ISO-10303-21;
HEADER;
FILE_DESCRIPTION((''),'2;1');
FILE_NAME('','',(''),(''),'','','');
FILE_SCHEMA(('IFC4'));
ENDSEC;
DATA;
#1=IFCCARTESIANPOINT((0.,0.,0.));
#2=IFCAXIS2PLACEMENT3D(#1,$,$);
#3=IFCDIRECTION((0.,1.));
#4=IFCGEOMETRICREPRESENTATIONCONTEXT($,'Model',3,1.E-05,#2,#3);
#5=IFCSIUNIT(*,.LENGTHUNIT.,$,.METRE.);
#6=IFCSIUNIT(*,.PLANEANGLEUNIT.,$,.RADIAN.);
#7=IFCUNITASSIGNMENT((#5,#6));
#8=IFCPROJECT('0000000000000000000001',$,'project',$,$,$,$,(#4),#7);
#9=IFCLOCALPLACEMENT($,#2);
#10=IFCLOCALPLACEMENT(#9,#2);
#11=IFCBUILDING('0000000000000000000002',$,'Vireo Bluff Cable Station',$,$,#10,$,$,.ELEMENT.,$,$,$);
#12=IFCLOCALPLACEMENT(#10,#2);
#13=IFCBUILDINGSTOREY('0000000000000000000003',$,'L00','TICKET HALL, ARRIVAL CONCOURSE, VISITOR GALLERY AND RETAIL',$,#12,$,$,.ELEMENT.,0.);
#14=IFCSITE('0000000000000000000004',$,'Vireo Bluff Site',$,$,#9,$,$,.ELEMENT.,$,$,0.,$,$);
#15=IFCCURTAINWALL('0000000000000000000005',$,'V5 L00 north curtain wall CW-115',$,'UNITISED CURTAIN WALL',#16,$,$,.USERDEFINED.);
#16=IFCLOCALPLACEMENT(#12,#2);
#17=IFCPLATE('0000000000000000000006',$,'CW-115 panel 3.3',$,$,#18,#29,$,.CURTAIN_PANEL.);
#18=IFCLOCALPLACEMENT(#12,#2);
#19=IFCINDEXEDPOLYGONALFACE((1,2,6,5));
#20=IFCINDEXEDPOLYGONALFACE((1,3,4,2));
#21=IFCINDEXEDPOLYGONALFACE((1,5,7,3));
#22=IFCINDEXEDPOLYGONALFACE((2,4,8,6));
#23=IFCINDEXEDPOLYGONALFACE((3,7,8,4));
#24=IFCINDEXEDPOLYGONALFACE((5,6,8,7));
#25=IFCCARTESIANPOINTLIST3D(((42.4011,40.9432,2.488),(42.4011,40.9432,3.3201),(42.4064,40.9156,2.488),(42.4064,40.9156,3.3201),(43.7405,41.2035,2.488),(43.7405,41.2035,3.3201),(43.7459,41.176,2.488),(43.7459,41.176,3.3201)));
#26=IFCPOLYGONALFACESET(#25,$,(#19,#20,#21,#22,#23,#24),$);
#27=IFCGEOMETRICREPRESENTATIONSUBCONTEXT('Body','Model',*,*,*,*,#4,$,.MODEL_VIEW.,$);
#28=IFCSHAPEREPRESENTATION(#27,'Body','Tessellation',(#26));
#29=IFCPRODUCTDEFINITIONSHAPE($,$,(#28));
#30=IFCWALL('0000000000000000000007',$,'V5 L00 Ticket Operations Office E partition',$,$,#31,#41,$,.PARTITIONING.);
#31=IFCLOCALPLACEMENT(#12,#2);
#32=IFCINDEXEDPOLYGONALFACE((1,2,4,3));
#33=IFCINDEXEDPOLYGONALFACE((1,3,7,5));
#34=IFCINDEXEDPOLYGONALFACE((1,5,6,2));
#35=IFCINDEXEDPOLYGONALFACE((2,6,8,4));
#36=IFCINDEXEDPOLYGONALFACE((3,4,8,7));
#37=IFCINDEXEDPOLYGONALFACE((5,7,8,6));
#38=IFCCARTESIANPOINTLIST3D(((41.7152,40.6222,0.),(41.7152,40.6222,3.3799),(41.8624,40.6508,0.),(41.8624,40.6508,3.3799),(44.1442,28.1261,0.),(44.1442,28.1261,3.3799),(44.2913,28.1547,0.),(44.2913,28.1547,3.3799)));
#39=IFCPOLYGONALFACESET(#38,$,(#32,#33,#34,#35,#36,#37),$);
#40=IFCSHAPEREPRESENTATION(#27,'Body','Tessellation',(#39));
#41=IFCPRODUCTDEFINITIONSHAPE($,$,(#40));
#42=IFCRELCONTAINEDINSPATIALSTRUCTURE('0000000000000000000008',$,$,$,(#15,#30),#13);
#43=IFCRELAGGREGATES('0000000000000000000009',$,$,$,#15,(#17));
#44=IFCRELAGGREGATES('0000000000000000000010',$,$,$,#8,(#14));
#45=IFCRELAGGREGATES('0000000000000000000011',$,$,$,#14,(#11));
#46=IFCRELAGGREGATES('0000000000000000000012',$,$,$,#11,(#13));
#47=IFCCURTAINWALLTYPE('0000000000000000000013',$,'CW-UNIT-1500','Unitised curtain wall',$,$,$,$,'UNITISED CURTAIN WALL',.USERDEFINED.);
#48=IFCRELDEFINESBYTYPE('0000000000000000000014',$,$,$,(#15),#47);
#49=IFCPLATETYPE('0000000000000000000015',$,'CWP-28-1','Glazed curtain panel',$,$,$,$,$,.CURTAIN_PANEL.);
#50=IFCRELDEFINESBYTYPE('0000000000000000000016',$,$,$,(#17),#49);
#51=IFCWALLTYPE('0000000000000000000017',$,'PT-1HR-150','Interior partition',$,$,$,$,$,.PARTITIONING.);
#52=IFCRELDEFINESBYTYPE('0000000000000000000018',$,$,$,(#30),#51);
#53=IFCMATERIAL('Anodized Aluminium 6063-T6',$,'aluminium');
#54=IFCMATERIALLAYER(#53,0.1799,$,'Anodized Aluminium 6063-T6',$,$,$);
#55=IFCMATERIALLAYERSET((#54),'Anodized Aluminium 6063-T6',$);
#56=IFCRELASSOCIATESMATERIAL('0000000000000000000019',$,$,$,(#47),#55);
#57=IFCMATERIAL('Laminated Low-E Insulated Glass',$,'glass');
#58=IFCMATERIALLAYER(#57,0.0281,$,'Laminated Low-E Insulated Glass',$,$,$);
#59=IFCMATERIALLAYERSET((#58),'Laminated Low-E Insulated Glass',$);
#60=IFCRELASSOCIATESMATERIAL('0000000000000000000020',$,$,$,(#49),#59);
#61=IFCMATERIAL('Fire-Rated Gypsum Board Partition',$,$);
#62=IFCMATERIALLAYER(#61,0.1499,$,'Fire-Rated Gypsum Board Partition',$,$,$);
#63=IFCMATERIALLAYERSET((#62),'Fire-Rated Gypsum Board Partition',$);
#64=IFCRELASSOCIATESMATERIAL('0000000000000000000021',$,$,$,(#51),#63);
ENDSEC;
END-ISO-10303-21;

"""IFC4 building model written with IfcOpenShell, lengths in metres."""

from ifc_helpers import new_model, si_unit, direction, frame, frame_2d, origin, origin_2d, place, context, subcontext, project, spatial, rectangle, extrude, material, layer, layer_set, type_object, element, aggregate, save


model = new_model("IFC4")

# Units and contexts
model_context = context("Model", 3, precision=1e-05, world=origin(), true_north=direction((0.0, 1.0)))
body_context = subcontext(model_context, "Body", "Model", "MODEL_VIEW")
ifc_project = project(units=[si_unit("LENGTHUNIT", "METRE"), si_unit("PLANEANGLEUNIT", "RADIAN")], contexts=[model_context])

# Site, building, storey
site_placement = place(None, origin())
site = spatial("IfcSite", under=ifc_project, at=site_placement, Name="Vireo Bluff Site", CompositionType="ELEMENT", RefElevation=0.0)
building_placement = place(site_placement, origin())
building = spatial("IfcBuilding", under=site, at=building_placement, Name="Vireo Bluff Cable Station", CompositionType="ELEMENT")
storey_placement = place(building_placement, origin())
storey = spatial("IfcBuildingStorey", under=building, at=storey_placement, Name="L00", Description="TICKET HALL, ARRIVAL CONCOURSE, VISITOR GALLERY AND RETAIL", CompositionType="ELEMENT", Elevation=0.0)

# Shared definitions
ifc_material_1 = material(Name="Anodized Aluminium 6063-T6", Category="aluminium")

# Curtain wall
ifc_layer_1 = layer(ifc_material_1, 0.1799, Name="Anodized Aluminium 6063-T6")
ifc_layer_set_1 = layer_set([ifc_layer_1], Name="Anodized Aluminium 6063-T6")
curtain_wall_type_1 = type_object("IfcCurtainWallType", Name="CW-UNIT-1500", Description="Unitised curtain wall", ElementType="UNITISED CURTAIN WALL", PredefinedType="USERDEFINED", material=ifc_layer_set_1)
curtain_wall_1_placement = place(storey_placement, origin())
curtain_wall_1 = element("IfcCurtainWall", 1, at=curtain_wall_1_placement, inside=storey, type_object=curtain_wall_type_1, Name="V5 L00 north curtain wall CW-115", ObjectType="UNITISED CURTAIN WALL", PredefinedType="USERDEFINED")

# Plate
ifc_material_2 = material(Name="Laminated Low-E Insulated Glass", Category="glass")
ifc_layer_2 = layer(ifc_material_2, 0.0281, Name="Laminated Low-E Insulated Glass")
ifc_layer_set_2 = layer_set([ifc_layer_2], Name="Laminated Low-E Insulated Glass")
plate_type = type_object("IfcPlateType", Name="CWP-28-1", Description="Glazed curtain panel", PredefinedType="CURTAIN_PANEL", material=ifc_layer_set_2)
plate_1_placement = place(storey_placement, frame((43.0735, 41.0596, 2.488), z_axis=(0.0, 0.0, 1.0), x_axis=(0.981627, 0.190809, 0.0)))
plate_1 = element("IfcPlate", 2, at=plate_1_placement, type_object=plate_type, Name="CW-115 panel 3.3", PredefinedType="CURTAIN_PANEL", context=body_context, shape_type="SweptSolid", body=[
    extrude(rectangle(XDim=1.3645, YDim=0.0281, at=origin_2d()), origin(), (0.0, 0.0, 1.0), 0.832),
])
aggregate(curtain_wall_1, [plate_1])

# Wall
ifc_material_3 = material(Name="Fire-Rated Gypsum Board Partition")
ifc_layer_3 = layer(ifc_material_3, 0.1499, Name="Fire-Rated Gypsum Board Partition")
ifc_layer_set_3 = layer_set([ifc_layer_3], Name="Fire-Rated Gypsum Board Partition")
wall_type = type_object("IfcWallType", Name="PT-1HR-150", Description="Interior partition", PredefinedType="PARTITIONING", material=ifc_layer_set_3)
wall_placement = place(storey_placement, frame((41.7888, 40.6365, 0.0), z_axis=(0.0, 0.0, 1.0), x_axis=(0.190806, -0.981628, 0.0)))
element("IfcWall", 3, at=wall_placement, inside=storey, type_object=wall_type, Name="V5 L00 Ticket Operations Office E partition", PredefinedType="PARTITIONING", context=body_context, shape_type="SweptSolid", body=[
    extrude(rectangle(XDim=12.73, YDim=0.1499, at=frame_2d((6.365, 0.0))), origin(), (0.0, 0.0, 1.0), 3.3799),
])

save(model, "model.ifc")
